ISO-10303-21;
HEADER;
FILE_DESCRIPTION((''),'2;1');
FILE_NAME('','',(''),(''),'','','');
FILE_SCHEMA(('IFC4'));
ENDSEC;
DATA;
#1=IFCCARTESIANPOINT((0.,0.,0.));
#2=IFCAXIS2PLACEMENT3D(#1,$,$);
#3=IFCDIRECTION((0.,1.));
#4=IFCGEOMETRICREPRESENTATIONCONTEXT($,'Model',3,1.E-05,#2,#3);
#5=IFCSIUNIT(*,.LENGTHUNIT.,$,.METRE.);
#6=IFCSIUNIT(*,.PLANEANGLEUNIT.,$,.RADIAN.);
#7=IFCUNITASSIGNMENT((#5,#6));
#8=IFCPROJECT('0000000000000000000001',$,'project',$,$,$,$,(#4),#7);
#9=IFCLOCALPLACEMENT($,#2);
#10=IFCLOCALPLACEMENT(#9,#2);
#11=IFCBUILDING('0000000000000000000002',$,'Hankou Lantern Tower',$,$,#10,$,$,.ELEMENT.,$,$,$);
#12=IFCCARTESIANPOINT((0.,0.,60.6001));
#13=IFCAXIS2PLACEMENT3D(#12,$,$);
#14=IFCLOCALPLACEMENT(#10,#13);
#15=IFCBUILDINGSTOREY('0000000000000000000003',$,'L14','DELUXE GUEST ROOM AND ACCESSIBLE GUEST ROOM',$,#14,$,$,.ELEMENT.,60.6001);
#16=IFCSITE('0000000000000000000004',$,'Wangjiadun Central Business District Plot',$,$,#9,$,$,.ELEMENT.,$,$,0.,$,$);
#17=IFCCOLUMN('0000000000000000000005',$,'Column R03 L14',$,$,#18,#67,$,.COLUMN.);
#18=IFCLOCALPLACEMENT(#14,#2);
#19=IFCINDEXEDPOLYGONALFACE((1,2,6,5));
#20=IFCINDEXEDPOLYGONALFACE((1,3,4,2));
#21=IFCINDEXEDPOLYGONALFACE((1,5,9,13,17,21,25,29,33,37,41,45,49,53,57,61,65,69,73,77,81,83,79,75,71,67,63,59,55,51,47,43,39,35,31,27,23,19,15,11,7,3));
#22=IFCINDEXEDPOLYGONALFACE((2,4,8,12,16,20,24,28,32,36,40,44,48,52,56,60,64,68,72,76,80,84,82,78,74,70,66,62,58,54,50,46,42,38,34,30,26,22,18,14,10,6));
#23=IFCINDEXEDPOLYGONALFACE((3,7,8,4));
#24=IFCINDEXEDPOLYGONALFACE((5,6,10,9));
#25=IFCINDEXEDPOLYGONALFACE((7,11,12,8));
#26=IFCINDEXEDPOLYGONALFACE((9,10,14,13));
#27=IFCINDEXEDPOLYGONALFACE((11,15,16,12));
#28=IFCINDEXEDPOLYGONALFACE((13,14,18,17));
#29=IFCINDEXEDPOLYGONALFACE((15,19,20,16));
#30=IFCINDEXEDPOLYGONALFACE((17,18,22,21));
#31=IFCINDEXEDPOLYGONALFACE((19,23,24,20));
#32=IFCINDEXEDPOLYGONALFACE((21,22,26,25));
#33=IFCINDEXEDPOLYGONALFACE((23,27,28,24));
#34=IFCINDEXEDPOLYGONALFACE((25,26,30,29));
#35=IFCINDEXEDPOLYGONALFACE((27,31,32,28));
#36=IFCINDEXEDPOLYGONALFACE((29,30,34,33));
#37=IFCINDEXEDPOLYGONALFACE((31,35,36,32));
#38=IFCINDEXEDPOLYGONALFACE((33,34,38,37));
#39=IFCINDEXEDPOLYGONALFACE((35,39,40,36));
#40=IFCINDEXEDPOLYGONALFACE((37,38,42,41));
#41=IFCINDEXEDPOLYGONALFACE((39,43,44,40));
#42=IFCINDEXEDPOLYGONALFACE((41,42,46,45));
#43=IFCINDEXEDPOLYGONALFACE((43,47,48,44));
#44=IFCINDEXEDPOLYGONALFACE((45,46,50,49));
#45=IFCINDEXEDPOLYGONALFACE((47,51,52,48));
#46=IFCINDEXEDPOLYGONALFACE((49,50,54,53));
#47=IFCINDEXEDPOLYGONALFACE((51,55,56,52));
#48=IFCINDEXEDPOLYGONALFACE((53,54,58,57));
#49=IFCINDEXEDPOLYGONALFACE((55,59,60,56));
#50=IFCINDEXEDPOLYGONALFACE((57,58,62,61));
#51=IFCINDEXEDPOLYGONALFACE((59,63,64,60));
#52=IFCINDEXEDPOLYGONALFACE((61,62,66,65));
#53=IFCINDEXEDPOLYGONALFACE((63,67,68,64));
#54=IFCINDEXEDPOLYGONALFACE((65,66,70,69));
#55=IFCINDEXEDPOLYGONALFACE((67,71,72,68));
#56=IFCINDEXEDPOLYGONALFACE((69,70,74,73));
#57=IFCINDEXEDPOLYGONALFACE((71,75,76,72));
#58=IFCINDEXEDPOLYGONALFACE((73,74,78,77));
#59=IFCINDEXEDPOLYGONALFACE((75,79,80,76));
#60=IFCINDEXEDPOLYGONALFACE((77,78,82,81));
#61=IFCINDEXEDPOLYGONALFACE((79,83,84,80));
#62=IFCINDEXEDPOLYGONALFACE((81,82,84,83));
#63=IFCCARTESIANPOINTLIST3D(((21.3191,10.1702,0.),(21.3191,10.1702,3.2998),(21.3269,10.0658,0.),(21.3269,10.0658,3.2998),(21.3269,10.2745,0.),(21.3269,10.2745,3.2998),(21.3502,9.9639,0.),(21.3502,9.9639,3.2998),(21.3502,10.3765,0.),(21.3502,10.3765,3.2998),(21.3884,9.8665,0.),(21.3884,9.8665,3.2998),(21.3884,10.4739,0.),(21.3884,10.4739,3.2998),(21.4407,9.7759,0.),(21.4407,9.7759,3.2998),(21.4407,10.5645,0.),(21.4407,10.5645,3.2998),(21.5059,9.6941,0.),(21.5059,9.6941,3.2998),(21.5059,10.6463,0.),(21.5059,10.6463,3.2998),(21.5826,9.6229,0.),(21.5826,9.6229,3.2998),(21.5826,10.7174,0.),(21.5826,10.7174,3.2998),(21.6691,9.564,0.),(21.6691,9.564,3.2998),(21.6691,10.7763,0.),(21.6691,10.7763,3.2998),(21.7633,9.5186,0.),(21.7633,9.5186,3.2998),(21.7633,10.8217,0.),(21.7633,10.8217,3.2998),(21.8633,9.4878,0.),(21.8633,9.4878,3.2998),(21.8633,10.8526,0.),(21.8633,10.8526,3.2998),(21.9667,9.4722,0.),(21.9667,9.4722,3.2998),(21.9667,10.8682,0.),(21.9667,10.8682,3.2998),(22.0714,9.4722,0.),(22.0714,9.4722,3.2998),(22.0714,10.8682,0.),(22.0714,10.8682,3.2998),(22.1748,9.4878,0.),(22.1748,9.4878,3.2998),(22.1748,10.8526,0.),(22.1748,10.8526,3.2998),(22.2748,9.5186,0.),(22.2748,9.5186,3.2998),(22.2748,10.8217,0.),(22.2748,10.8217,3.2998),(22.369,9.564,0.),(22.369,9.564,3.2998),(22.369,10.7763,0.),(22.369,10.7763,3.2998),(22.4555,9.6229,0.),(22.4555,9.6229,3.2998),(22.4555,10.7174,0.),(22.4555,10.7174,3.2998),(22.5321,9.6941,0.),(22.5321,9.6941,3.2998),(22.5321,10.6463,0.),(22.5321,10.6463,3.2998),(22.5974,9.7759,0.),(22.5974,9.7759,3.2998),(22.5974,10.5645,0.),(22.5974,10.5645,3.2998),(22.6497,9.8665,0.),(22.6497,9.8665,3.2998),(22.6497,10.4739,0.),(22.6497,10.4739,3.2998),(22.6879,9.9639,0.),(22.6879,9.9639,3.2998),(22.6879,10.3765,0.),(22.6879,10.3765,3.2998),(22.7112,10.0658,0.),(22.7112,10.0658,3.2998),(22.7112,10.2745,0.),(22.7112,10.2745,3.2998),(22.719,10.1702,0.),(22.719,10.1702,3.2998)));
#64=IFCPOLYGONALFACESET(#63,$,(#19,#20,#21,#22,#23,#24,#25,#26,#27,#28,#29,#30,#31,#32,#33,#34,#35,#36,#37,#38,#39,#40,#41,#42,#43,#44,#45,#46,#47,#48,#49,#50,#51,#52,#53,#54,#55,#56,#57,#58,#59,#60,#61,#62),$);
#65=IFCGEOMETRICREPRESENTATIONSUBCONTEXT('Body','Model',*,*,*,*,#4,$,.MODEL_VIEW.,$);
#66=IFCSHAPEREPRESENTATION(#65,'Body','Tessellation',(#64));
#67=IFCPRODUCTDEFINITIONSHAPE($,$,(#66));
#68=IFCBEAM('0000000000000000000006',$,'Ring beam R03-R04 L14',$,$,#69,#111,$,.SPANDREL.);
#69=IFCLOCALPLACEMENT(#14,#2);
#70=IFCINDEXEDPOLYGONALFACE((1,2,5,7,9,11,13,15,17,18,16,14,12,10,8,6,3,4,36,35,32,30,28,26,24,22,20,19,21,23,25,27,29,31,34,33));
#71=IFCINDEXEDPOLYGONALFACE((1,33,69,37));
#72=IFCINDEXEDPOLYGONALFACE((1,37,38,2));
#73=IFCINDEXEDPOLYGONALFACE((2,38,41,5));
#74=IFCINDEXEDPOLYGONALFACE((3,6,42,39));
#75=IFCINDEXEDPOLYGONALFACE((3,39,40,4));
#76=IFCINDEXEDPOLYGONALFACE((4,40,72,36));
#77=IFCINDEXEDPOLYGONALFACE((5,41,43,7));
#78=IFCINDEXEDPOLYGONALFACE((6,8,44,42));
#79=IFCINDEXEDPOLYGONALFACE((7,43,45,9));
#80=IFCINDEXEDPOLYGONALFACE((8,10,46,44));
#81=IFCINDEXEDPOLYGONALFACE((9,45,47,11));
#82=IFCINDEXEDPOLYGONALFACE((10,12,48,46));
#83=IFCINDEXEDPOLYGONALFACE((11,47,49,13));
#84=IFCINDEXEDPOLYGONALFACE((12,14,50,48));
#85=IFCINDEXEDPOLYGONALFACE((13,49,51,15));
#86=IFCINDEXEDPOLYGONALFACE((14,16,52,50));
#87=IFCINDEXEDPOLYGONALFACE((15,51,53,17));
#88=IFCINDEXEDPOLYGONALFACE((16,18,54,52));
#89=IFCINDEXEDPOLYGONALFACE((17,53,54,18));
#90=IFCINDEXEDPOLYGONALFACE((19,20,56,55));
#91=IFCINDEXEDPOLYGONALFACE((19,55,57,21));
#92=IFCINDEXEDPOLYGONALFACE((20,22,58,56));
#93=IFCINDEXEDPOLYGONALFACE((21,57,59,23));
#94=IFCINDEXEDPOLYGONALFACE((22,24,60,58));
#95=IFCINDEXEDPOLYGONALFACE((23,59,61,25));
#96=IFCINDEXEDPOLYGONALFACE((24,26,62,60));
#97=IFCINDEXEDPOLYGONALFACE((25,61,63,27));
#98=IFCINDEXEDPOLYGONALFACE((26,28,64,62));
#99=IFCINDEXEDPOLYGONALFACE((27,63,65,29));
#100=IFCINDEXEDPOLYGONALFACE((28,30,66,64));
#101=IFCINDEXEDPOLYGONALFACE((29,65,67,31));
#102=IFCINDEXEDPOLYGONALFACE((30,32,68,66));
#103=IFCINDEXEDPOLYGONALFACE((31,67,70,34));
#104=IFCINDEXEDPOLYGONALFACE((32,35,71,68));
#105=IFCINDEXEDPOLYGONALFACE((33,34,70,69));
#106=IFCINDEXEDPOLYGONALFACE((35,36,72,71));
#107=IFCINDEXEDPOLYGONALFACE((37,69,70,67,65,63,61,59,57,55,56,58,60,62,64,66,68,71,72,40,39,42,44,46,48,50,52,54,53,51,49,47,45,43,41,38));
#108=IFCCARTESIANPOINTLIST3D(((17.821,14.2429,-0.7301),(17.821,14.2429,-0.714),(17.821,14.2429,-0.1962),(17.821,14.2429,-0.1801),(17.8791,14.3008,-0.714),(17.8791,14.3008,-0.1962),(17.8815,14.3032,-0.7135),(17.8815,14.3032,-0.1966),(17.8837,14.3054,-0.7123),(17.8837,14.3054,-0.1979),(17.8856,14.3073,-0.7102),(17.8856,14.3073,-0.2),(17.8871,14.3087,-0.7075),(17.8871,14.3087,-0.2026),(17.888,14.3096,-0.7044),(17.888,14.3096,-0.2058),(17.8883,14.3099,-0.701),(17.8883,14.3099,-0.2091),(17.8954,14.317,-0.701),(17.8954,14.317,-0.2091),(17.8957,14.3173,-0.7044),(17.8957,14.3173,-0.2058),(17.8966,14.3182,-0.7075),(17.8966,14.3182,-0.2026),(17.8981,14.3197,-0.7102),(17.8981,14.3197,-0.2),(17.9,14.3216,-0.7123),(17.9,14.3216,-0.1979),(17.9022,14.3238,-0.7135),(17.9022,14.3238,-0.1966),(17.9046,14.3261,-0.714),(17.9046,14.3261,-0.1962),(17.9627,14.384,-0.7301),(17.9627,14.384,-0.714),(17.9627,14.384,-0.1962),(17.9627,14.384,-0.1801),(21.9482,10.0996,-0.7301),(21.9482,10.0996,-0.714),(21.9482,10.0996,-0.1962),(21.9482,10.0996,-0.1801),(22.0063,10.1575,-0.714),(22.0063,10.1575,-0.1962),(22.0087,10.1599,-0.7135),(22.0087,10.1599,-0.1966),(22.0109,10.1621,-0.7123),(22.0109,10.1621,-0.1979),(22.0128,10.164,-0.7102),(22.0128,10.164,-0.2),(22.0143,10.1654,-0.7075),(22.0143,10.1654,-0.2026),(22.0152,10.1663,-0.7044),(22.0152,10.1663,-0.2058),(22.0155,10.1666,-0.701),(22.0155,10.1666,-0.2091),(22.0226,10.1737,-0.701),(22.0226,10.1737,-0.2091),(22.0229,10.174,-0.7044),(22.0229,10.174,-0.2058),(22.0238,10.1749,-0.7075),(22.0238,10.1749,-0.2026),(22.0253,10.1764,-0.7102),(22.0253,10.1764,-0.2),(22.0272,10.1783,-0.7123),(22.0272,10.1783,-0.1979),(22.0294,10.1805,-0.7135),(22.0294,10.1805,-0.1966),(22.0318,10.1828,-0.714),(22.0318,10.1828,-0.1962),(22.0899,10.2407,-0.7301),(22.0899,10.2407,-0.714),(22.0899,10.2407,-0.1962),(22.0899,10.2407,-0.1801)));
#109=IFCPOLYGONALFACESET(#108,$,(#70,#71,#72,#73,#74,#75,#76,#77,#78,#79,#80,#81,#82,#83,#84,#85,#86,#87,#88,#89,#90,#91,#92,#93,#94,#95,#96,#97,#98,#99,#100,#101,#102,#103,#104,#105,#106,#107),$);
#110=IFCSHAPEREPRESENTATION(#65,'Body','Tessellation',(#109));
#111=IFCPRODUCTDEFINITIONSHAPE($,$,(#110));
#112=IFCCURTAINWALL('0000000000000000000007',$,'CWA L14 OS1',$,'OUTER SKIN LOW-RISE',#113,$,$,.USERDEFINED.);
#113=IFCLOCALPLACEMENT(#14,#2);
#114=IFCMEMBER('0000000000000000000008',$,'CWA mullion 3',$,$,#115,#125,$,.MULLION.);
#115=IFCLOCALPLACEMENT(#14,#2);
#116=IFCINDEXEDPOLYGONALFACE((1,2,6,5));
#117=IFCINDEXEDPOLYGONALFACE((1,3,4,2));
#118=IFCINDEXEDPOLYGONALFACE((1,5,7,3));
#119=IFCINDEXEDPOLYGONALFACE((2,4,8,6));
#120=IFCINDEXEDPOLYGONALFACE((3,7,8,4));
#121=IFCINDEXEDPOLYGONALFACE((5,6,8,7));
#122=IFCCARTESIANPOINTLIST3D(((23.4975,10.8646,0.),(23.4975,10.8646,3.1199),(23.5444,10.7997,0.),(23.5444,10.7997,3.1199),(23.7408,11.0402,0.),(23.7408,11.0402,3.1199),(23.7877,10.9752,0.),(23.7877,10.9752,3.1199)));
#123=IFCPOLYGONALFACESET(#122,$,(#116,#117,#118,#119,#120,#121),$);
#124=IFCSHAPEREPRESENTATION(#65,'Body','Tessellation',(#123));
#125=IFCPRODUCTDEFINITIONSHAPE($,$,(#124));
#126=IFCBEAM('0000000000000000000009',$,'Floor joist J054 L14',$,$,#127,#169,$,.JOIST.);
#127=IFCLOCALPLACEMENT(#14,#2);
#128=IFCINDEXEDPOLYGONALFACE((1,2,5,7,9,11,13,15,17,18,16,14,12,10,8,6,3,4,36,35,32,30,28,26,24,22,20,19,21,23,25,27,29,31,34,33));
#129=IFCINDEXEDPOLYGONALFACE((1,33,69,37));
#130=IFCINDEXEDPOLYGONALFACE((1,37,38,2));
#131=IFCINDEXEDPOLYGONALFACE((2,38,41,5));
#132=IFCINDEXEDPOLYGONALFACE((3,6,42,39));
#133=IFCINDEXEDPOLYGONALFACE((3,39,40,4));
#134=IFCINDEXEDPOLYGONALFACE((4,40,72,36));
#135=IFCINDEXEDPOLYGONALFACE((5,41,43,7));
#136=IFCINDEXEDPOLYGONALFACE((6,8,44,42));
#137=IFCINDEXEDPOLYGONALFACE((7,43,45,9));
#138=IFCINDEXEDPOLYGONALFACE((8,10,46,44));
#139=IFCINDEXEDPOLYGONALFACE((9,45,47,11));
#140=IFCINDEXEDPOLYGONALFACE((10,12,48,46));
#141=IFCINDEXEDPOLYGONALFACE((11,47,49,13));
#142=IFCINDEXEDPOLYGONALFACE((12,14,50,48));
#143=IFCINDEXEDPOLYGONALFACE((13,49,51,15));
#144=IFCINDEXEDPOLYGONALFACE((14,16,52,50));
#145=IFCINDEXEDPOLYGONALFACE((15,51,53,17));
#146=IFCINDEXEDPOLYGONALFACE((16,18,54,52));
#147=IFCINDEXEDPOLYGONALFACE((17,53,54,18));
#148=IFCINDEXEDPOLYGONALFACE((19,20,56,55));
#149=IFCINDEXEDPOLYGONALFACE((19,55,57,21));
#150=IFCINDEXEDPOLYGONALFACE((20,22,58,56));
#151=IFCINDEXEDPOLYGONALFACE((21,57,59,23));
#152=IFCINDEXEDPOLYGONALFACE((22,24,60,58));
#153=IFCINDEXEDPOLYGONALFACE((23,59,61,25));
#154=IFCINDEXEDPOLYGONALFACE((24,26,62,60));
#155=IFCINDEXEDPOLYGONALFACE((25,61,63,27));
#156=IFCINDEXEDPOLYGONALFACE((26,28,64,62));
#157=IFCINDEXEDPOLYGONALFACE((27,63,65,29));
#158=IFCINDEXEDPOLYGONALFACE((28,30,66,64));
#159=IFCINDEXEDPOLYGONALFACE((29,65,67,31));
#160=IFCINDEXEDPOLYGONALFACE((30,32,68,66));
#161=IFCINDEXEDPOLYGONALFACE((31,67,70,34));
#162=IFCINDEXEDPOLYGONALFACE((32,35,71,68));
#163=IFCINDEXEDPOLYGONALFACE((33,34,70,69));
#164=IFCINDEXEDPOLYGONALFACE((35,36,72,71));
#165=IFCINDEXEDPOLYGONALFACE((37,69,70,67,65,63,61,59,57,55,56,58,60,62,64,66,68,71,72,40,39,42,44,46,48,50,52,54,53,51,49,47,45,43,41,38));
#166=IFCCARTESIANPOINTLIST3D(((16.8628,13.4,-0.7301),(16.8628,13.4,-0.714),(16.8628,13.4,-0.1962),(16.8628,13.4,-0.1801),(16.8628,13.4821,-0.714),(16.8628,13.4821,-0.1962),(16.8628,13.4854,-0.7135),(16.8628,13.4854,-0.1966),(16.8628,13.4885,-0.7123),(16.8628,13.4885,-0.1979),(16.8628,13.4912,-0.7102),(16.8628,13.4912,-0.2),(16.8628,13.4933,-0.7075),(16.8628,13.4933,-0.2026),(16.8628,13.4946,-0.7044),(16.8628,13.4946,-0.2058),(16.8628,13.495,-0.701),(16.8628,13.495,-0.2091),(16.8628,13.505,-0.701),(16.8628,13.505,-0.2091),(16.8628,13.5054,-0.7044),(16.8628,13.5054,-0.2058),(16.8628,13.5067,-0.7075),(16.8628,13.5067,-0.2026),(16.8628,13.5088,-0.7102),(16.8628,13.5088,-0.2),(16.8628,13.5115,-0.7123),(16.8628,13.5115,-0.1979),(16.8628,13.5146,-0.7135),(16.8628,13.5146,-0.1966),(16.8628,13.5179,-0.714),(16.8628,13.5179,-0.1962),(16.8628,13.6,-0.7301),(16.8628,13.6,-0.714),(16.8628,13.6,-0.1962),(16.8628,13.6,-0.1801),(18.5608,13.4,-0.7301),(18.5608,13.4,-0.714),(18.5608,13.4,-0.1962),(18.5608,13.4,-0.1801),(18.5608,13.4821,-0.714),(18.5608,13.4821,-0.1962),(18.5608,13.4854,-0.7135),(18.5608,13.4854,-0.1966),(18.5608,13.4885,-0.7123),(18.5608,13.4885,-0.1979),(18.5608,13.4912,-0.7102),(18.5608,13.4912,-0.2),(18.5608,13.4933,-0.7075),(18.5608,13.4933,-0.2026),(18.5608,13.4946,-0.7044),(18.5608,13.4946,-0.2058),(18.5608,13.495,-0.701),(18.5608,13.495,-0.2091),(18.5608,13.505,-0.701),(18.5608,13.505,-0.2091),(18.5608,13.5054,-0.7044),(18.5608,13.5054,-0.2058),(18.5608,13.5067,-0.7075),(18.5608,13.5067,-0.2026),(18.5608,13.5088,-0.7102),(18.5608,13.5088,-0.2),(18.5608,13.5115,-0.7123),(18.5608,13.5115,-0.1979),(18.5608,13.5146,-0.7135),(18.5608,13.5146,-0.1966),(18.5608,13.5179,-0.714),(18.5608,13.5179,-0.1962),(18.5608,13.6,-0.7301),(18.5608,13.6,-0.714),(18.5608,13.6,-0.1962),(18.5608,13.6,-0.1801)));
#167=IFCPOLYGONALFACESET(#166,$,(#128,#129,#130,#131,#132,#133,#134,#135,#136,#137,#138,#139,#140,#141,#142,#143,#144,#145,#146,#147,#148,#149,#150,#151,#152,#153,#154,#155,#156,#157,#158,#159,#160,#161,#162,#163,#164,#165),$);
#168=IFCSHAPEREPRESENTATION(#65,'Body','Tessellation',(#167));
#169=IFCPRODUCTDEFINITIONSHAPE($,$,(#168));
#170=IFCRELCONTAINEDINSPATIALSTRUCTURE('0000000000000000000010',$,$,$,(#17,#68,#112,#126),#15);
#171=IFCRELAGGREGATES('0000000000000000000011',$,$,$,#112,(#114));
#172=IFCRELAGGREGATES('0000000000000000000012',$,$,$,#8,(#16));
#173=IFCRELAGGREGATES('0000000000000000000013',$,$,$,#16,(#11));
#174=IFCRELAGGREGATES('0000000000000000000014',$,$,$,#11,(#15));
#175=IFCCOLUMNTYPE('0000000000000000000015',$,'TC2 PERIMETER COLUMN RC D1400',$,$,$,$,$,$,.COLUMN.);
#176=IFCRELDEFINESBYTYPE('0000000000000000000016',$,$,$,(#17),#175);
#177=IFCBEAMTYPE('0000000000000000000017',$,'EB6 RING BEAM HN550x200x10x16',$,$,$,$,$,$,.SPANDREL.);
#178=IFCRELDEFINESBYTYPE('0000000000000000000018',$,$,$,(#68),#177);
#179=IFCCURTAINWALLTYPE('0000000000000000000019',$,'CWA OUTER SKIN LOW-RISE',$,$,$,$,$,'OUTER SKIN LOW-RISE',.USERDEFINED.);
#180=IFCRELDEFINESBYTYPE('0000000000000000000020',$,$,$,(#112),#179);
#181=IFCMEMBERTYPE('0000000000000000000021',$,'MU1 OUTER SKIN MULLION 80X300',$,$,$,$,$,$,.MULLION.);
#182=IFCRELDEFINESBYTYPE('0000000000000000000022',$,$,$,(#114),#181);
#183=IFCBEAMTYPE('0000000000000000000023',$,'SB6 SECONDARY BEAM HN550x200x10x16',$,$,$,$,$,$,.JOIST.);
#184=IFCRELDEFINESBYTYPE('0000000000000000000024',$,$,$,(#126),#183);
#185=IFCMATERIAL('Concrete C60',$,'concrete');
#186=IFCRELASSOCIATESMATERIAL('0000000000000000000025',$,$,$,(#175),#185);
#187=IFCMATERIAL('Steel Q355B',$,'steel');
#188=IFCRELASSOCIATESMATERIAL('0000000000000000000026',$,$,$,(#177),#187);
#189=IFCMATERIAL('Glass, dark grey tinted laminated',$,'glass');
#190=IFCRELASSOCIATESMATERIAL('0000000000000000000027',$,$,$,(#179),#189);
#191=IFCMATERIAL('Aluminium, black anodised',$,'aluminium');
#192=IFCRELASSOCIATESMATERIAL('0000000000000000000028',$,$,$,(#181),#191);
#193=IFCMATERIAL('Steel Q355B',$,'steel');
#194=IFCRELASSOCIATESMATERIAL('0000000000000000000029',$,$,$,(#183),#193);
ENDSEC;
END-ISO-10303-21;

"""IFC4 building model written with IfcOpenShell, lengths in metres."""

from ifc_helpers import new_model, si_unit, direction, frame, origin, origin_2d, place, context, subcontext, project, spatial, rectangle, circle, i_section, extrude, material, material_profile, profile_set, type_object, element, aggregate, save


model = new_model("IFC4")

# Units and contexts
model_context = context("Model", 3, precision=1e-05, world=origin(), true_north=direction((0.0, 1.0)))
body_context = subcontext(model_context, "Body", "Model", "MODEL_VIEW")
ifc_project = project(units=[si_unit("LENGTHUNIT", "METRE"), si_unit("PLANEANGLEUNIT", "RADIAN")], contexts=[model_context])

# Site, building, storey
site_placement = place(None, origin())
site = spatial("IfcSite", under=ifc_project, at=site_placement, Name="Wangjiadun Central Business District Plot", CompositionType="ELEMENT", RefElevation=0.0)
building_placement = place(site_placement, origin())
building = spatial("IfcBuilding", under=site, at=building_placement, Name="Hankou Lantern Tower", CompositionType="ELEMENT")
storey_placement = place(building_placement, frame((0.0, 0.0, 60.6001)))
storey = spatial("IfcBuildingStorey", under=building, at=storey_placement, Name="L14", Description="DELUXE GUEST ROOM AND ACCESSIBLE GUEST ROOM", CompositionType="ELEMENT", Elevation=60.6001)

# Column
ifc_material_1 = material(Name="Concrete C60", Category="concrete")
ifc_material_profile_1 = material_profile(ifc_material_1, circle(Radius=0.7, at=origin_2d()), Name="RC D1400")
ifc_profile_set_1 = profile_set([ifc_material_profile_1], Name="Concrete C60")
column_type = type_object("IfcColumnType", Name="TC2 PERIMETER COLUMN RC D1400", PredefinedType="COLUMN", material=ifc_profile_set_1)
column_placement = place(storey_placement, frame((22.019, 10.1702, 0.0), z_axis=(0.0, 0.0, 1.0), x_axis=(1.0, 0.0, 0.0)))
element("IfcColumn", 1, at=column_placement, inside=storey, type_object=column_type, Name="Column R03 L14", PredefinedType="COLUMN", context=body_context, shape_type="SweptSolid", body=[
    extrude(circle(Radius=0.7, at=origin_2d()), origin(), (0.0, 0.0, 1.0), 3.2998),
])

# Beam
ifc_material_2 = material(Name="Steel Q355B", Category="steel")
ifc_material_profile_2 = material_profile(ifc_material_2, i_section(OverallWidth=0.2, OverallDepth=0.55, WebThickness=0.01, FlangeThickness=0.0161, FilletRadius=0.0129, at=origin_2d()), Name="HN550x200x10x16")
ifc_profile_set_2 = profile_set([ifc_material_profile_2], Name="Steel Q355B")
beam_type_1 = type_object("IfcBeamType", Name="EB6 RING BEAM HN550x200x10x16", PredefinedType="SPANDREL", material=ifc_profile_set_2)
beam_1_placement = place(storey_placement, frame((22.019, 10.1702, -0.4551), z_axis=(-0.705728, 0.708483, 0.0), x_axis=(-0.708483, -0.705728, 0.0)))
element("IfcBeam", 2, at=beam_1_placement, inside=storey, type_object=beam_type_1, Name="Ring beam R03-R04 L14", PredefinedType="SPANDREL", context=body_context, shape_type="SweptSolid", body=[
    extrude(i_section(OverallWidth=0.2, OverallDepth=0.55, WebThickness=0.01, FlangeThickness=0.0161, FilletRadius=0.0129, at=origin_2d()), origin(), (0.0, 0.0, 1.0), 5.8481),
])

# Curtain wall, member
ifc_material_3 = material(Name="Glass, dark grey tinted laminated", Category="glass")
curtain_wall_type = type_object("IfcCurtainWallType", Name="CWA OUTER SKIN LOW-RISE", ElementType="OUTER SKIN LOW-RISE", PredefinedType="USERDEFINED", material=ifc_material_3)
curtain_wall_placement = place(storey_placement, origin())
curtain_wall = element("IfcCurtainWall", 3, at=curtain_wall_placement, inside=storey, type_object=curtain_wall_type, Name="CWA L14 OS1", ObjectType="OUTER SKIN LOW-RISE", PredefinedType="USERDEFINED")
ifc_material_4 = material(Name="Aluminium, black anodised", Category="aluminium")
ifc_material_profile_3 = material_profile(ifc_material_4, rectangle(XDim=0.0801, YDim=0.3, at=origin_2d()), Name="MU1 80X300")
ifc_profile_set_3 = profile_set([ifc_material_profile_3], Name="Aluminium, black anodised")
member_type_1 = type_object("IfcMemberType", Name="MU1 OUTER SKIN MULLION 80X300", PredefinedType="MULLION", material=ifc_profile_set_3)
member_1_placement = place(storey_placement, frame((23.6426, 10.9199, 0.0), z_axis=(0.0, 0.0, 1.0), x_axis=(-0.585206, 0.810885, 0.0)))
member_1 = element("IfcMember", 4, at=member_1_placement, type_object=member_type_1, Name="CWA mullion 3", PredefinedType="MULLION", context=body_context, shape_type="SweptSolid", body=[
    extrude(rectangle(XDim=0.0801, YDim=0.3, at=origin_2d()), origin(), (0.0, 0.0, 1.0), 3.1199),
])

# Beam
ifc_material_5 = material(Name="Steel Q355B", Category="steel")
ifc_material_profile_4 = material_profile(ifc_material_5, i_section(OverallWidth=0.2, OverallDepth=0.55, WebThickness=0.01, FlangeThickness=0.0161, FilletRadius=0.0129, at=origin_2d()), Name="HN550x200x10x16")
ifc_profile_set_4 = profile_set([ifc_material_profile_4], Name="Steel Q355B")
beam_type_2 = type_object("IfcBeamType", Name="SB6 SECONDARY BEAM HN550x200x10x16", PredefinedType="JOIST", material=ifc_profile_set_4)
beam_2_placement = place(storey_placement, frame((16.8628, 13.5, -0.4551), z_axis=(1.0, 0.0, 0.0), x_axis=(0.0, 1.0, 0.0)))
element("IfcBeam", 5, at=beam_2_placement, inside=storey, type_object=beam_type_2, Name="Floor joist J054 L14", PredefinedType="JOIST", context=body_context, shape_type="SweptSolid", body=[
    extrude(i_section(OverallWidth=0.2, OverallDepth=0.55, WebThickness=0.01, FlangeThickness=0.0161, FilletRadius=0.0129, at=origin_2d()), origin(), (0.0, 0.0, 1.0), 1.698),
])

aggregate(curtain_wall, [member_1])

save(model, "model.ifc")
